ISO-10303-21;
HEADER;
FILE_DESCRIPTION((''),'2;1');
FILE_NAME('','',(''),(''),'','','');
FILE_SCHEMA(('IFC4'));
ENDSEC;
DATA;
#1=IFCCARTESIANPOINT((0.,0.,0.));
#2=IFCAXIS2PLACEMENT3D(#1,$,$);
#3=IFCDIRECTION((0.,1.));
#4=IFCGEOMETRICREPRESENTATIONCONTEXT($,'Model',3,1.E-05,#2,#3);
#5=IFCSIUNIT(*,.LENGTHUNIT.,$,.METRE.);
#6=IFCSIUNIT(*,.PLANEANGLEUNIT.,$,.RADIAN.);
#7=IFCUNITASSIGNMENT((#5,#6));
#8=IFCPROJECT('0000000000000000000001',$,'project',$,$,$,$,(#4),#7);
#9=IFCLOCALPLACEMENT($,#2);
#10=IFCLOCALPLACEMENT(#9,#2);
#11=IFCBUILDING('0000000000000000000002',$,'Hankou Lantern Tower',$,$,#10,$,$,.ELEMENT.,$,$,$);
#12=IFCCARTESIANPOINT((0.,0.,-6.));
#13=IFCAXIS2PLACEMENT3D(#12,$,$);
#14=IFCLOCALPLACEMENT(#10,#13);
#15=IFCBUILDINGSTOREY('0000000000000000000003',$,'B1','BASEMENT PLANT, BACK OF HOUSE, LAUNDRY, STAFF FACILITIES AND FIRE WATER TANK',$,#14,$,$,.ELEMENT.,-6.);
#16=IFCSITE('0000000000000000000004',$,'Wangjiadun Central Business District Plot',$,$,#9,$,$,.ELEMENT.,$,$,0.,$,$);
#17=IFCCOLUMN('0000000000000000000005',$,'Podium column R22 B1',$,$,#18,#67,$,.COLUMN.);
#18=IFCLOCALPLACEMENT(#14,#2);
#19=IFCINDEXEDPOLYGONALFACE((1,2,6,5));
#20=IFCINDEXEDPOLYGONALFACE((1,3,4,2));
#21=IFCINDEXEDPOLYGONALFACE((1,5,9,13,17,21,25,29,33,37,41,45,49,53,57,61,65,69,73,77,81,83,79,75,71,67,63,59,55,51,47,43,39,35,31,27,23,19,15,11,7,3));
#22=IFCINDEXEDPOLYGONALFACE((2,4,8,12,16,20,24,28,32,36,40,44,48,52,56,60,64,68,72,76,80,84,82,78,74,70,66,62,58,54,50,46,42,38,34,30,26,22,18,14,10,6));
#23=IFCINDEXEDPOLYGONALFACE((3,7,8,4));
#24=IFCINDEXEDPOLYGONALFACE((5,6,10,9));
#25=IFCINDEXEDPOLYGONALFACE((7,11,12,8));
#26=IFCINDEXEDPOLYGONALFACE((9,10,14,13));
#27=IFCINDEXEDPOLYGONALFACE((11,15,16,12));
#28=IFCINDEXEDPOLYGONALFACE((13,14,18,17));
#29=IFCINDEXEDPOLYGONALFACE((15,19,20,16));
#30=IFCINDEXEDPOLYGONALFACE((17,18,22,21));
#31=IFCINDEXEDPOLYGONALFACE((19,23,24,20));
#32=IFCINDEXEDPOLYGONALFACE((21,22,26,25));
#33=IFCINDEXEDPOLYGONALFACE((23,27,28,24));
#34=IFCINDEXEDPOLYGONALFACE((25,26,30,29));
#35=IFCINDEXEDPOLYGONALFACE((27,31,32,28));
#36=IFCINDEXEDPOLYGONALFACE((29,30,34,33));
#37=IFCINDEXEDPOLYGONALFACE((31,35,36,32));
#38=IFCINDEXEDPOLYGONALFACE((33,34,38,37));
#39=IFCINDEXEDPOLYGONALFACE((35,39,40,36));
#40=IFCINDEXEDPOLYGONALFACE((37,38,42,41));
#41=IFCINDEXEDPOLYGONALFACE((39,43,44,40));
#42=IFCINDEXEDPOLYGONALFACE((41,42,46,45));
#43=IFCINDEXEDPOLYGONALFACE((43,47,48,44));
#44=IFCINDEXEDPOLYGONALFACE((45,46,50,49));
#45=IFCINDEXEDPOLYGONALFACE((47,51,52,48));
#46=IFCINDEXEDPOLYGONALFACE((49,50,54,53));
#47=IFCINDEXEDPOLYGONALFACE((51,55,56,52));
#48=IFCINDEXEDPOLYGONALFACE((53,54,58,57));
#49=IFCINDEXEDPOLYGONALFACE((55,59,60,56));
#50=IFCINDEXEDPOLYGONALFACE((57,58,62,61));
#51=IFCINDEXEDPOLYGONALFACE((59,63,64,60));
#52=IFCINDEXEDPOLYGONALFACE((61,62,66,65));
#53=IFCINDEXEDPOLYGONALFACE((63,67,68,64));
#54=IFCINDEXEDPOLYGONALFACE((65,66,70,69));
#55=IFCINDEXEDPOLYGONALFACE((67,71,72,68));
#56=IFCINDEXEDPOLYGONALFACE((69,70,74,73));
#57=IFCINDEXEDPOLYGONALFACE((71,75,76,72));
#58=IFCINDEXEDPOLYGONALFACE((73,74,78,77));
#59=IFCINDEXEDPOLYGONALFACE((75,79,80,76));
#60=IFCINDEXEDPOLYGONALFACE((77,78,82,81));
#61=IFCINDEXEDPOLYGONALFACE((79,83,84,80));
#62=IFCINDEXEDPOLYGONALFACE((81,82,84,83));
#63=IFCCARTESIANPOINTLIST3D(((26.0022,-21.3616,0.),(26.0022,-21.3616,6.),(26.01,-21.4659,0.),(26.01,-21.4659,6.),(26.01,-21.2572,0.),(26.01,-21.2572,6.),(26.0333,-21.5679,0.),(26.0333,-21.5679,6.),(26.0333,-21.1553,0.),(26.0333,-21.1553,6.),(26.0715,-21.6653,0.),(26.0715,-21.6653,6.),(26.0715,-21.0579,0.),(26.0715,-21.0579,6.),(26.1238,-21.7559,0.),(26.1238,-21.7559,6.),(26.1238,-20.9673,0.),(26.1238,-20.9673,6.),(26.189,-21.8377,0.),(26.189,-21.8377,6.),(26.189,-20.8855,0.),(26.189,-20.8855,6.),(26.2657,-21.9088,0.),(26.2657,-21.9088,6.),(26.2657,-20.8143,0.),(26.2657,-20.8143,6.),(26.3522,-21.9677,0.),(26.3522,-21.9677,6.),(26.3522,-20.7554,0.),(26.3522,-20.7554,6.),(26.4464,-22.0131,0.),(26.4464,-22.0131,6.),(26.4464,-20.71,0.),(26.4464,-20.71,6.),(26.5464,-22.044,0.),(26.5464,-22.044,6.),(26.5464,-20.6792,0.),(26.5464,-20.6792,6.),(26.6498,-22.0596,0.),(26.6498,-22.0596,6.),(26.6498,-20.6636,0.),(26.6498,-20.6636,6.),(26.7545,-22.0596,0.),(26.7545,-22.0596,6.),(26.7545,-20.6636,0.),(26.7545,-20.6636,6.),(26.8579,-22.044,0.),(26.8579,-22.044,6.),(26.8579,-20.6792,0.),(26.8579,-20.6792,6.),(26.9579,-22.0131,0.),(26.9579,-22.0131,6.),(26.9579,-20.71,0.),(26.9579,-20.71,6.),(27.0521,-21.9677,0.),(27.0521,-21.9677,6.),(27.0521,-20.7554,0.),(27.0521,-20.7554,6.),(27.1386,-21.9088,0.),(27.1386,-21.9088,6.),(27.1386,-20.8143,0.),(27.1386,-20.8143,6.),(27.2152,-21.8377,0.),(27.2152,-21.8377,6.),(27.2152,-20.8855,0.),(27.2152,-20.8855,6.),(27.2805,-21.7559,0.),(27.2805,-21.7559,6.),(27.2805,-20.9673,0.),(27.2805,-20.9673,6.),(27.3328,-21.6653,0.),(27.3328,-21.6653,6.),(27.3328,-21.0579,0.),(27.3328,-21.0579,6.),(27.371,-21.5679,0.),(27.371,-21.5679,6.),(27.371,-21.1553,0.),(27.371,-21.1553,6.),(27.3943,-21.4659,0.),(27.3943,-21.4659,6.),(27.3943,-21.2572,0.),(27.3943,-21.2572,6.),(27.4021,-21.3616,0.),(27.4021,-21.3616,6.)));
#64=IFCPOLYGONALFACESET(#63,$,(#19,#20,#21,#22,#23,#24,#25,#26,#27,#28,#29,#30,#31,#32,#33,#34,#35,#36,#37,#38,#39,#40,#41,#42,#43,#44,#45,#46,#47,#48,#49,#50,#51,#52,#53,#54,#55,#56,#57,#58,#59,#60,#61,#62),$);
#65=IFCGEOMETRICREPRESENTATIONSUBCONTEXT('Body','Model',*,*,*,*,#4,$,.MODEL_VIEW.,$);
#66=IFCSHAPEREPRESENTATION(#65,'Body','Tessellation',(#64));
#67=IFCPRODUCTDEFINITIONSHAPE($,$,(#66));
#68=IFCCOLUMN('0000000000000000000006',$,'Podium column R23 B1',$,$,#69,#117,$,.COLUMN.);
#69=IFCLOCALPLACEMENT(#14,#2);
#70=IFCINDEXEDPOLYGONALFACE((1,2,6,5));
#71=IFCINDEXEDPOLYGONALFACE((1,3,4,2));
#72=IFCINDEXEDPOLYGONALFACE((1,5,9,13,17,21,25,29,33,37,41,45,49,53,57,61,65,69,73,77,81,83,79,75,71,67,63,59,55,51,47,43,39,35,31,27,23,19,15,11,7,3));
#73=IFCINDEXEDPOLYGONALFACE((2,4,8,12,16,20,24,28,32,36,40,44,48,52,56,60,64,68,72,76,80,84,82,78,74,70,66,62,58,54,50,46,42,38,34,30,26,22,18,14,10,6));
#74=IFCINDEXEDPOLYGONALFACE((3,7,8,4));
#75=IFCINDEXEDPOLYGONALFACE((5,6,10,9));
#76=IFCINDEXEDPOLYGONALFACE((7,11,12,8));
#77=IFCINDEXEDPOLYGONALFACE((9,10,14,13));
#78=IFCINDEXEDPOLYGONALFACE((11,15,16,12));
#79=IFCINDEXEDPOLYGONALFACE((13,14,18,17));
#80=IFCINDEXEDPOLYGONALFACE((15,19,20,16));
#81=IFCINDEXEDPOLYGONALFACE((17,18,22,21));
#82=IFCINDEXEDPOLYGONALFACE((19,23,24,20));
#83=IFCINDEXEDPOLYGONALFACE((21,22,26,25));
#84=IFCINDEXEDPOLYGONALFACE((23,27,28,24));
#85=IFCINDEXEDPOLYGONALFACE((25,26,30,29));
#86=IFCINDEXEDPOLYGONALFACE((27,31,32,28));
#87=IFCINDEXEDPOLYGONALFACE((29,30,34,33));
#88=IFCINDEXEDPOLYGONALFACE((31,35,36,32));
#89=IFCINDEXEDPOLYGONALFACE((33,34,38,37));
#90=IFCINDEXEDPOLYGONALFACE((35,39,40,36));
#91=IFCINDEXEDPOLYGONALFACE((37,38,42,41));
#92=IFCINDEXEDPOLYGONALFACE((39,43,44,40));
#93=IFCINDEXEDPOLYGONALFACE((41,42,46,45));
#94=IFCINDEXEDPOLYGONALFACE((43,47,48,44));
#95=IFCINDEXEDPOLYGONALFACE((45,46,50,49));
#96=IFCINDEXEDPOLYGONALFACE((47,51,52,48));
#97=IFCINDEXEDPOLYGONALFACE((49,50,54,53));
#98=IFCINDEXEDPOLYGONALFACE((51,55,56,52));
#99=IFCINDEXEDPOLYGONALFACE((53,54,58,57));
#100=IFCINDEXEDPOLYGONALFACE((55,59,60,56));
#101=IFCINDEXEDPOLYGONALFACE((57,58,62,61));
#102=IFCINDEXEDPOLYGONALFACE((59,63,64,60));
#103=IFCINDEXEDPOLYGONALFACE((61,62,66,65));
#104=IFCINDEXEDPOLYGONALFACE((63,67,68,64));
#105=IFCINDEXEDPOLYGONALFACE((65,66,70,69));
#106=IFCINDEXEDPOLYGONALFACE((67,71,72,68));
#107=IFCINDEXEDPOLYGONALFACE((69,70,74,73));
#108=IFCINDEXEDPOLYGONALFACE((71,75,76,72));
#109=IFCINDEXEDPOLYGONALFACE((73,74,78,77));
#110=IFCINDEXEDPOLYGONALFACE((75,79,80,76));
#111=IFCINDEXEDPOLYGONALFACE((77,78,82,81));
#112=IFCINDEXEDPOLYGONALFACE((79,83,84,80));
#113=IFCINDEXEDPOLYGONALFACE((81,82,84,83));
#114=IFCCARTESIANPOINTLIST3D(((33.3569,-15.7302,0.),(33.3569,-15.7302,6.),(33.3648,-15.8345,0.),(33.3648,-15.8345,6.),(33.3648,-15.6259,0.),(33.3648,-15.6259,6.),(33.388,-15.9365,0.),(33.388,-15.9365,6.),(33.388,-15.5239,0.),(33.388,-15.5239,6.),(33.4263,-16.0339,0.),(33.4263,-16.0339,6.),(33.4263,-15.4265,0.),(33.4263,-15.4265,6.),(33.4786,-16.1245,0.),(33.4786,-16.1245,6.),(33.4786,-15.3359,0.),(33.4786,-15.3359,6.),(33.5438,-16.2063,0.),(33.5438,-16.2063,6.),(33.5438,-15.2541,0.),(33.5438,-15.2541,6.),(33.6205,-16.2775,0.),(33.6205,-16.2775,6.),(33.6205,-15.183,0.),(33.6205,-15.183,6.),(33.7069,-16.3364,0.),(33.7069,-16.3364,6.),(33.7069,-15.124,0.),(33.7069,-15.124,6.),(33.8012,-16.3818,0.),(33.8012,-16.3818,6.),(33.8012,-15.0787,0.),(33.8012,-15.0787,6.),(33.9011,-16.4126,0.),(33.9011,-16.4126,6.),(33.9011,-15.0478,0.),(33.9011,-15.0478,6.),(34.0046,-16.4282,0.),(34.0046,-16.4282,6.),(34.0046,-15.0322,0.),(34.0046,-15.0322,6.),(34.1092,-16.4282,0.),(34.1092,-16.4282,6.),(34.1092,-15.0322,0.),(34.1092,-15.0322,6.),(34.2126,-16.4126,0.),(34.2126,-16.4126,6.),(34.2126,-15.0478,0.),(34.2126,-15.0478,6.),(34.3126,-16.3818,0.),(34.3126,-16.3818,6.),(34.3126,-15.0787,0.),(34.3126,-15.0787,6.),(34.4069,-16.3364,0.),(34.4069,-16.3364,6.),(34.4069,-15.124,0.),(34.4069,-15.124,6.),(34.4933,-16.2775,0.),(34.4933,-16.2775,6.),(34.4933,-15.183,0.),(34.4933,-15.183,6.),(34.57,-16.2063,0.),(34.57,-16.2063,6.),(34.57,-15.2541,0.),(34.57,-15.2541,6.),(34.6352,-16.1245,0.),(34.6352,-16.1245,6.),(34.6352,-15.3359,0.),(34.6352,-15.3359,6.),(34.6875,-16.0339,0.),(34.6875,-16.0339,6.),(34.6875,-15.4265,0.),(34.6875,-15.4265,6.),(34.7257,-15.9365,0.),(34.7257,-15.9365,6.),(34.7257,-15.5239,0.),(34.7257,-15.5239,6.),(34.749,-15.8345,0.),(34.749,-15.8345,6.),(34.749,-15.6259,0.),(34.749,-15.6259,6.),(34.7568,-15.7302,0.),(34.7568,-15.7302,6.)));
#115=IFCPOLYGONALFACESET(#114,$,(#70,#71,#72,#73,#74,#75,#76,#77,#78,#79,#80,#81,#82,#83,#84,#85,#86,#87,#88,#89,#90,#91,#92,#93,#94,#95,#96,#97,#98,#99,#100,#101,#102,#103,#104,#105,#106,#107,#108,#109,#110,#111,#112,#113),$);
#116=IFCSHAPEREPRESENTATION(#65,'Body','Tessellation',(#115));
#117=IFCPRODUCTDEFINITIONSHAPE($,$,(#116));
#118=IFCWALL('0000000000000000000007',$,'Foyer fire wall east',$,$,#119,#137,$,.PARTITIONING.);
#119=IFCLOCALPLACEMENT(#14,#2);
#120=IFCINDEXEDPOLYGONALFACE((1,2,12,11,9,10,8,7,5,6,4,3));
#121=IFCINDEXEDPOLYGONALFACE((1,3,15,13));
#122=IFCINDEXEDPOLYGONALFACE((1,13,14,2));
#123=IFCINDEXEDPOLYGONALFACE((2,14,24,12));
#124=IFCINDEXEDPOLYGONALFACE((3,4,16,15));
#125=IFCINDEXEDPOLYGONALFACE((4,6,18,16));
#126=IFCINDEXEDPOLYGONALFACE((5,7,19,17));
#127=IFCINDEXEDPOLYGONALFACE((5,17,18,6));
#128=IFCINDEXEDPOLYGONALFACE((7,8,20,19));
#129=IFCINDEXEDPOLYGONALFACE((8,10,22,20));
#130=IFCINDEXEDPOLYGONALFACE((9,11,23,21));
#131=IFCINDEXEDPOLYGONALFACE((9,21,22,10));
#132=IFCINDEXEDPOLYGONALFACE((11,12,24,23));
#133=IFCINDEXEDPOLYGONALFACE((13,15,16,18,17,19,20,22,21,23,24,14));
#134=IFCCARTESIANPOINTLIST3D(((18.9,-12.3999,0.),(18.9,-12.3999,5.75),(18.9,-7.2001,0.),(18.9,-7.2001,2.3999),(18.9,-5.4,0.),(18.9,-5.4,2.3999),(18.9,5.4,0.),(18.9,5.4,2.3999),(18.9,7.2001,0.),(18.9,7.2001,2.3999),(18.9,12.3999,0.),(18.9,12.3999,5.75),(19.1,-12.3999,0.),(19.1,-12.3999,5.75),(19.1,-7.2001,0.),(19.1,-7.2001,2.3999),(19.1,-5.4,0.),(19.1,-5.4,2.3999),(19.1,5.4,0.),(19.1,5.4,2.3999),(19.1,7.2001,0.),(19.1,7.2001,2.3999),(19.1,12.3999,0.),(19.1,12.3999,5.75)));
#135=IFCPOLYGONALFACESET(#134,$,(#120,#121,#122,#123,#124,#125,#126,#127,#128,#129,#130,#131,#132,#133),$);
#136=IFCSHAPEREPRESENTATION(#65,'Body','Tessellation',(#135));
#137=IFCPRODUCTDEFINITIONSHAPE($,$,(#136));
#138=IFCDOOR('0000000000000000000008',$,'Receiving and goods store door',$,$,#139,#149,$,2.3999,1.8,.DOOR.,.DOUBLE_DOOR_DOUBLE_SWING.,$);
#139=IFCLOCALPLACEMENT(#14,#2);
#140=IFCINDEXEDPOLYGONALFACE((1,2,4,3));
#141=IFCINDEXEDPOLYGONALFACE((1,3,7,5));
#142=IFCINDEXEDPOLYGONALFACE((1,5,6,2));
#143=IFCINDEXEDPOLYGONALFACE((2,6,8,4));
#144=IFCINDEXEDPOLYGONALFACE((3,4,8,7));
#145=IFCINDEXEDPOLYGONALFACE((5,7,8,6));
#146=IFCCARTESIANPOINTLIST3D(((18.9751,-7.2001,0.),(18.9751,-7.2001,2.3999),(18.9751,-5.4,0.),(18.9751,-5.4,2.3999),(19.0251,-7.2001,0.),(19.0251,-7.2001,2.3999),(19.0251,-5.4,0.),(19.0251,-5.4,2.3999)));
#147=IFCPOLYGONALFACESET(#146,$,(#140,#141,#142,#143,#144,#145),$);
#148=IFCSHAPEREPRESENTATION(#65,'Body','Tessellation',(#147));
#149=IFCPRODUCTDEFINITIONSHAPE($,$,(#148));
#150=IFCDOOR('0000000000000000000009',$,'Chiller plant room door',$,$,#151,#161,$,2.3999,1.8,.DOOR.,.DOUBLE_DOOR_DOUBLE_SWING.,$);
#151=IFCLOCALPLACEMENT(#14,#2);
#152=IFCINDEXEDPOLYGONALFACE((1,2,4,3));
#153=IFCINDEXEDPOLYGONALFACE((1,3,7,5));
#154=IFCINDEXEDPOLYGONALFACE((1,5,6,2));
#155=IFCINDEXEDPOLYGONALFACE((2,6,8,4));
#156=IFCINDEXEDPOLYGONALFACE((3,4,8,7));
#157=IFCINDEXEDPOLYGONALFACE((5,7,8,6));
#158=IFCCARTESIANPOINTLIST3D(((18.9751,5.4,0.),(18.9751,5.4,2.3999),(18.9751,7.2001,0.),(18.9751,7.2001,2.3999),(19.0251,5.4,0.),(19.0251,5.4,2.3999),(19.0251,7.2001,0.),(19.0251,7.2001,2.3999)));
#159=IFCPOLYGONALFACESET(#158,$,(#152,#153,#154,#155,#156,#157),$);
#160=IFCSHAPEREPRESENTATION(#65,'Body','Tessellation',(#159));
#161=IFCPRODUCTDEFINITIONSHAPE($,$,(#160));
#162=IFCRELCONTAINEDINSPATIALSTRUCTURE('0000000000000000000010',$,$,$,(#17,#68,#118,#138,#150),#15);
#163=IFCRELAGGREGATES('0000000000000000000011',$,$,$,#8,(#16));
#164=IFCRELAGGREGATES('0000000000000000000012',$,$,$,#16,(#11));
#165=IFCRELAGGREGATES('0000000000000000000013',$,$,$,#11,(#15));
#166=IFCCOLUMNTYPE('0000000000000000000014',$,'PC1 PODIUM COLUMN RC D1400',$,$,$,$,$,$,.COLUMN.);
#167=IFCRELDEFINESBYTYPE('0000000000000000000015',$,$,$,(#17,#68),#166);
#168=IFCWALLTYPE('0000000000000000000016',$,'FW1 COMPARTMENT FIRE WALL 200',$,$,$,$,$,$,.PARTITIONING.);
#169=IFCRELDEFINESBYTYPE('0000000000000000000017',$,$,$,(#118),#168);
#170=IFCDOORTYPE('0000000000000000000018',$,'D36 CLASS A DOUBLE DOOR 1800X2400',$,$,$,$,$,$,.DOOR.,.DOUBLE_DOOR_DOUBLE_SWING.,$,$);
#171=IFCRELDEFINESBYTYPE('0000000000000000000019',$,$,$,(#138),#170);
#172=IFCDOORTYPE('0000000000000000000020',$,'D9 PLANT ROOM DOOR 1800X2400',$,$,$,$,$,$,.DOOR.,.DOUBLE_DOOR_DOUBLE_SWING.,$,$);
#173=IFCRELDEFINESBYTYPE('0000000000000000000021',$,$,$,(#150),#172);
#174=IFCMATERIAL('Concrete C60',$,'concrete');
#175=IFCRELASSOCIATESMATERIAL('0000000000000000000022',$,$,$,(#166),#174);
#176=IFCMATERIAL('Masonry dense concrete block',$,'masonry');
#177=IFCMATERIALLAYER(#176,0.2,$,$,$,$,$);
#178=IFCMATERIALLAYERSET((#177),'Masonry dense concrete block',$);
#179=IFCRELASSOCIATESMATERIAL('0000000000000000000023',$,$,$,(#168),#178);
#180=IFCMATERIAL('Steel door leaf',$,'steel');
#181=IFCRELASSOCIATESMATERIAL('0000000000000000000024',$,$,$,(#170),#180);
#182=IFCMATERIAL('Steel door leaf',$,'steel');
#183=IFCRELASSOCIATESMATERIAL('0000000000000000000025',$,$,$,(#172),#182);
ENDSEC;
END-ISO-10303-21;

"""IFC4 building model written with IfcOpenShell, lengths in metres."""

from ifc_helpers import new_model, si_unit, direction, frame, frame_2d, origin, origin_2d, place, context, subcontext, project, spatial, rectangle, circle, extrude, material, layer, layer_set, material_profile, profile_set, type_object, element, fill, save


model = new_model("IFC4")

# Units and contexts
model_context = context("Model", 3, precision=1e-05, world=origin(), true_north=direction((0.0, 1.0)))
body_context = subcontext(model_context, "Body", "Model", "MODEL_VIEW")
ifc_project = project(units=[si_unit("LENGTHUNIT", "METRE"), si_unit("PLANEANGLEUNIT", "RADIAN")], contexts=[model_context])

# Site, building, storey
site_placement = place(None, origin())
site = spatial("IfcSite", under=ifc_project, at=site_placement, Name="Wangjiadun Central Business District Plot", CompositionType="ELEMENT", RefElevation=0.0)
building_placement = place(site_placement, origin())
building = spatial("IfcBuilding", under=site, at=building_placement, Name="Hankou Lantern Tower", CompositionType="ELEMENT")
storey_placement = place(building_placement, frame((0.0, 0.0, -6.0)))
storey = spatial("IfcBuildingStorey", under=building, at=storey_placement, Name="B1", Description="BASEMENT PLANT, BACK OF HOUSE, LAUNDRY, STAFF FACILITIES AND FIRE WATER TANK", CompositionType="ELEMENT", Elevation=-6.0)

# Columns
ifc_material_1 = material(Name="Concrete C60", Category="concrete")
ifc_material_profile_1 = material_profile(ifc_material_1, circle(Radius=0.7, at=origin_2d()), Name="RC D1400")
ifc_profile_set_1 = profile_set([ifc_material_profile_1], Name="Concrete C60")
column_type = type_object("IfcColumnType", Name="PC1 PODIUM COLUMN RC D1400", PredefinedType="COLUMN", material=ifc_profile_set_1)
for number, where, z_axis, x_axis, name in (
    (1, (26.7021, -21.3616, 0.0), (0.0, 0.0, 1.0), (1.0, 0.0, 0.0), "Podium column R22 B1"),
    (2, (34.0569, -15.7302, 0.0), (0.0, 0.0, 1.0), (1.0, 0.0, 0.0), "Podium column R23 B1"),
):
    element("IfcColumn", number, at=place(storey_placement, frame(where, z_axis=z_axis, x_axis=x_axis)), inside=storey, type_object=column_type, Name=name, PredefinedType="COLUMN", context=body_context, shape_type="SweptSolid", body=[
        extrude(circle(Radius=0.7, at=origin_2d()), origin(), (0.0, 0.0, 1.0), 6.0),
    ])

# Wall, openings, doors
ifc_material_2 = material(Name="Masonry dense concrete block", Category="masonry")
ifc_layer_1 = layer(ifc_material_2, 0.2)
ifc_layer_set_1 = layer_set([ifc_layer_1], Name="Masonry dense concrete block")
wall_type_1 = type_object("IfcWallType", Name="FW1 COMPARTMENT FIRE WALL 200", PredefinedType="PARTITIONING", material=ifc_layer_set_1)
wall_1_placement = place(storey_placement, frame((19.0, -12.3999, 0.0), z_axis=(0.0, 0.0, 1.0), x_axis=(0.0, 1.0, 0.0)))
wall_1 = element("IfcWall", 3, at=wall_1_placement, inside=storey, type_object=wall_type_1, Name="Foyer fire wall east", PredefinedType="PARTITIONING", context=body_context, shape_type="SweptSolid", body=[
    extrude(rectangle(XDim=24.7998, YDim=0.2, at=frame_2d((12.3999, 0.0))), origin(), (0.0, 0.0, 1.0), 5.75),
])
opening_1_placement = place(wall_1_placement, frame((17.8, 0.0, 0.0)))
opening_1 = element("IfcOpeningElement", 4, at=opening_1_placement, cuts=wall_1, PredefinedType="OPENING", context=body_context, shape_type="SweptSolid", body=[
    extrude(rectangle(XDim=1.8, YDim=2.3999, at=frame_2d((0.8999, 1.2))), frame((0.0, 0.1099, 0.0), z_axis=(0.0, -1.0, 0.0), x_axis=(1.0, 0.0, 0.0)), (0.0, 0.0, 1.0), 0.22),
])
opening_2_placement = place(wall_1_placement, frame((5.2, 0.0, 0.0)))
opening_2 = element("IfcOpeningElement", 5, at=opening_2_placement, cuts=wall_1, PredefinedType="OPENING", context=body_context, shape_type="SweptSolid", body=[
    extrude(rectangle(XDim=1.8, YDim=2.3999, at=frame_2d((0.8999, 1.2))), frame((0.0, 0.1099, 0.0), z_axis=(0.0, -1.0, 0.0), x_axis=(1.0, 0.0, 0.0)), (0.0, 0.0, 1.0), 0.22),
])
ifc_material_3 = material(Name="Steel door leaf", Category="steel")
door_type_1 = type_object("IfcDoorType", Name="D36 CLASS A DOUBLE DOOR 1800X2400", OperationType="DOUBLE_DOOR_DOUBLE_SWING", PredefinedType="DOOR", material=ifc_material_3)
door_1_placement = place(opening_2_placement, origin())
door_1 = element("IfcDoor", 6, at=door_1_placement, inside=storey, type_object=door_type_1, Name="Receiving and goods store door", OperationType="DOUBLE_DOOR_DOUBLE_SWING", OverallHeight=2.3999, OverallWidth=1.8, PredefinedType="DOOR", context=body_context, shape_type="SweptSolid", body=[
    extrude(rectangle(XDim=1.8, YDim=2.3999, at=frame_2d((0.8999, 1.2))), frame((0.0, 0.0249, 0.0), z_axis=(0.0, -1.0, 0.0), x_axis=(1.0, 0.0, 0.0)), (0.0, 0.0, 1.0), 0.05),
])
fill(opening_2, door_1)
ifc_material_4 = material(Name="Steel door leaf", Category="steel")
door_type_2 = type_object("IfcDoorType", Name="D9 PLANT ROOM DOOR 1800X2400", OperationType="DOUBLE_DOOR_DOUBLE_SWING", PredefinedType="DOOR", material=ifc_material_4)
door_2_placement = place(opening_1_placement, origin())
door_2 = element("IfcDoor", 7, at=door_2_placement, inside=storey, type_object=door_type_2, Name="Chiller plant room door", OperationType="DOUBLE_DOOR_DOUBLE_SWING", OverallHeight=2.3999, OverallWidth=1.8, PredefinedType="DOOR", context=body_context, shape_type="SweptSolid", body=[
    extrude(rectangle(XDim=1.8, YDim=2.3999, at=frame_2d((0.8999, 1.2))), frame((0.0, 0.0249, 0.0), z_axis=(0.0, -1.0, 0.0), x_axis=(1.0, 0.0, 0.0)), (0.0, 0.0, 1.0), 0.05),
])
fill(opening_1, door_2)

save(model, "model.ifc")
